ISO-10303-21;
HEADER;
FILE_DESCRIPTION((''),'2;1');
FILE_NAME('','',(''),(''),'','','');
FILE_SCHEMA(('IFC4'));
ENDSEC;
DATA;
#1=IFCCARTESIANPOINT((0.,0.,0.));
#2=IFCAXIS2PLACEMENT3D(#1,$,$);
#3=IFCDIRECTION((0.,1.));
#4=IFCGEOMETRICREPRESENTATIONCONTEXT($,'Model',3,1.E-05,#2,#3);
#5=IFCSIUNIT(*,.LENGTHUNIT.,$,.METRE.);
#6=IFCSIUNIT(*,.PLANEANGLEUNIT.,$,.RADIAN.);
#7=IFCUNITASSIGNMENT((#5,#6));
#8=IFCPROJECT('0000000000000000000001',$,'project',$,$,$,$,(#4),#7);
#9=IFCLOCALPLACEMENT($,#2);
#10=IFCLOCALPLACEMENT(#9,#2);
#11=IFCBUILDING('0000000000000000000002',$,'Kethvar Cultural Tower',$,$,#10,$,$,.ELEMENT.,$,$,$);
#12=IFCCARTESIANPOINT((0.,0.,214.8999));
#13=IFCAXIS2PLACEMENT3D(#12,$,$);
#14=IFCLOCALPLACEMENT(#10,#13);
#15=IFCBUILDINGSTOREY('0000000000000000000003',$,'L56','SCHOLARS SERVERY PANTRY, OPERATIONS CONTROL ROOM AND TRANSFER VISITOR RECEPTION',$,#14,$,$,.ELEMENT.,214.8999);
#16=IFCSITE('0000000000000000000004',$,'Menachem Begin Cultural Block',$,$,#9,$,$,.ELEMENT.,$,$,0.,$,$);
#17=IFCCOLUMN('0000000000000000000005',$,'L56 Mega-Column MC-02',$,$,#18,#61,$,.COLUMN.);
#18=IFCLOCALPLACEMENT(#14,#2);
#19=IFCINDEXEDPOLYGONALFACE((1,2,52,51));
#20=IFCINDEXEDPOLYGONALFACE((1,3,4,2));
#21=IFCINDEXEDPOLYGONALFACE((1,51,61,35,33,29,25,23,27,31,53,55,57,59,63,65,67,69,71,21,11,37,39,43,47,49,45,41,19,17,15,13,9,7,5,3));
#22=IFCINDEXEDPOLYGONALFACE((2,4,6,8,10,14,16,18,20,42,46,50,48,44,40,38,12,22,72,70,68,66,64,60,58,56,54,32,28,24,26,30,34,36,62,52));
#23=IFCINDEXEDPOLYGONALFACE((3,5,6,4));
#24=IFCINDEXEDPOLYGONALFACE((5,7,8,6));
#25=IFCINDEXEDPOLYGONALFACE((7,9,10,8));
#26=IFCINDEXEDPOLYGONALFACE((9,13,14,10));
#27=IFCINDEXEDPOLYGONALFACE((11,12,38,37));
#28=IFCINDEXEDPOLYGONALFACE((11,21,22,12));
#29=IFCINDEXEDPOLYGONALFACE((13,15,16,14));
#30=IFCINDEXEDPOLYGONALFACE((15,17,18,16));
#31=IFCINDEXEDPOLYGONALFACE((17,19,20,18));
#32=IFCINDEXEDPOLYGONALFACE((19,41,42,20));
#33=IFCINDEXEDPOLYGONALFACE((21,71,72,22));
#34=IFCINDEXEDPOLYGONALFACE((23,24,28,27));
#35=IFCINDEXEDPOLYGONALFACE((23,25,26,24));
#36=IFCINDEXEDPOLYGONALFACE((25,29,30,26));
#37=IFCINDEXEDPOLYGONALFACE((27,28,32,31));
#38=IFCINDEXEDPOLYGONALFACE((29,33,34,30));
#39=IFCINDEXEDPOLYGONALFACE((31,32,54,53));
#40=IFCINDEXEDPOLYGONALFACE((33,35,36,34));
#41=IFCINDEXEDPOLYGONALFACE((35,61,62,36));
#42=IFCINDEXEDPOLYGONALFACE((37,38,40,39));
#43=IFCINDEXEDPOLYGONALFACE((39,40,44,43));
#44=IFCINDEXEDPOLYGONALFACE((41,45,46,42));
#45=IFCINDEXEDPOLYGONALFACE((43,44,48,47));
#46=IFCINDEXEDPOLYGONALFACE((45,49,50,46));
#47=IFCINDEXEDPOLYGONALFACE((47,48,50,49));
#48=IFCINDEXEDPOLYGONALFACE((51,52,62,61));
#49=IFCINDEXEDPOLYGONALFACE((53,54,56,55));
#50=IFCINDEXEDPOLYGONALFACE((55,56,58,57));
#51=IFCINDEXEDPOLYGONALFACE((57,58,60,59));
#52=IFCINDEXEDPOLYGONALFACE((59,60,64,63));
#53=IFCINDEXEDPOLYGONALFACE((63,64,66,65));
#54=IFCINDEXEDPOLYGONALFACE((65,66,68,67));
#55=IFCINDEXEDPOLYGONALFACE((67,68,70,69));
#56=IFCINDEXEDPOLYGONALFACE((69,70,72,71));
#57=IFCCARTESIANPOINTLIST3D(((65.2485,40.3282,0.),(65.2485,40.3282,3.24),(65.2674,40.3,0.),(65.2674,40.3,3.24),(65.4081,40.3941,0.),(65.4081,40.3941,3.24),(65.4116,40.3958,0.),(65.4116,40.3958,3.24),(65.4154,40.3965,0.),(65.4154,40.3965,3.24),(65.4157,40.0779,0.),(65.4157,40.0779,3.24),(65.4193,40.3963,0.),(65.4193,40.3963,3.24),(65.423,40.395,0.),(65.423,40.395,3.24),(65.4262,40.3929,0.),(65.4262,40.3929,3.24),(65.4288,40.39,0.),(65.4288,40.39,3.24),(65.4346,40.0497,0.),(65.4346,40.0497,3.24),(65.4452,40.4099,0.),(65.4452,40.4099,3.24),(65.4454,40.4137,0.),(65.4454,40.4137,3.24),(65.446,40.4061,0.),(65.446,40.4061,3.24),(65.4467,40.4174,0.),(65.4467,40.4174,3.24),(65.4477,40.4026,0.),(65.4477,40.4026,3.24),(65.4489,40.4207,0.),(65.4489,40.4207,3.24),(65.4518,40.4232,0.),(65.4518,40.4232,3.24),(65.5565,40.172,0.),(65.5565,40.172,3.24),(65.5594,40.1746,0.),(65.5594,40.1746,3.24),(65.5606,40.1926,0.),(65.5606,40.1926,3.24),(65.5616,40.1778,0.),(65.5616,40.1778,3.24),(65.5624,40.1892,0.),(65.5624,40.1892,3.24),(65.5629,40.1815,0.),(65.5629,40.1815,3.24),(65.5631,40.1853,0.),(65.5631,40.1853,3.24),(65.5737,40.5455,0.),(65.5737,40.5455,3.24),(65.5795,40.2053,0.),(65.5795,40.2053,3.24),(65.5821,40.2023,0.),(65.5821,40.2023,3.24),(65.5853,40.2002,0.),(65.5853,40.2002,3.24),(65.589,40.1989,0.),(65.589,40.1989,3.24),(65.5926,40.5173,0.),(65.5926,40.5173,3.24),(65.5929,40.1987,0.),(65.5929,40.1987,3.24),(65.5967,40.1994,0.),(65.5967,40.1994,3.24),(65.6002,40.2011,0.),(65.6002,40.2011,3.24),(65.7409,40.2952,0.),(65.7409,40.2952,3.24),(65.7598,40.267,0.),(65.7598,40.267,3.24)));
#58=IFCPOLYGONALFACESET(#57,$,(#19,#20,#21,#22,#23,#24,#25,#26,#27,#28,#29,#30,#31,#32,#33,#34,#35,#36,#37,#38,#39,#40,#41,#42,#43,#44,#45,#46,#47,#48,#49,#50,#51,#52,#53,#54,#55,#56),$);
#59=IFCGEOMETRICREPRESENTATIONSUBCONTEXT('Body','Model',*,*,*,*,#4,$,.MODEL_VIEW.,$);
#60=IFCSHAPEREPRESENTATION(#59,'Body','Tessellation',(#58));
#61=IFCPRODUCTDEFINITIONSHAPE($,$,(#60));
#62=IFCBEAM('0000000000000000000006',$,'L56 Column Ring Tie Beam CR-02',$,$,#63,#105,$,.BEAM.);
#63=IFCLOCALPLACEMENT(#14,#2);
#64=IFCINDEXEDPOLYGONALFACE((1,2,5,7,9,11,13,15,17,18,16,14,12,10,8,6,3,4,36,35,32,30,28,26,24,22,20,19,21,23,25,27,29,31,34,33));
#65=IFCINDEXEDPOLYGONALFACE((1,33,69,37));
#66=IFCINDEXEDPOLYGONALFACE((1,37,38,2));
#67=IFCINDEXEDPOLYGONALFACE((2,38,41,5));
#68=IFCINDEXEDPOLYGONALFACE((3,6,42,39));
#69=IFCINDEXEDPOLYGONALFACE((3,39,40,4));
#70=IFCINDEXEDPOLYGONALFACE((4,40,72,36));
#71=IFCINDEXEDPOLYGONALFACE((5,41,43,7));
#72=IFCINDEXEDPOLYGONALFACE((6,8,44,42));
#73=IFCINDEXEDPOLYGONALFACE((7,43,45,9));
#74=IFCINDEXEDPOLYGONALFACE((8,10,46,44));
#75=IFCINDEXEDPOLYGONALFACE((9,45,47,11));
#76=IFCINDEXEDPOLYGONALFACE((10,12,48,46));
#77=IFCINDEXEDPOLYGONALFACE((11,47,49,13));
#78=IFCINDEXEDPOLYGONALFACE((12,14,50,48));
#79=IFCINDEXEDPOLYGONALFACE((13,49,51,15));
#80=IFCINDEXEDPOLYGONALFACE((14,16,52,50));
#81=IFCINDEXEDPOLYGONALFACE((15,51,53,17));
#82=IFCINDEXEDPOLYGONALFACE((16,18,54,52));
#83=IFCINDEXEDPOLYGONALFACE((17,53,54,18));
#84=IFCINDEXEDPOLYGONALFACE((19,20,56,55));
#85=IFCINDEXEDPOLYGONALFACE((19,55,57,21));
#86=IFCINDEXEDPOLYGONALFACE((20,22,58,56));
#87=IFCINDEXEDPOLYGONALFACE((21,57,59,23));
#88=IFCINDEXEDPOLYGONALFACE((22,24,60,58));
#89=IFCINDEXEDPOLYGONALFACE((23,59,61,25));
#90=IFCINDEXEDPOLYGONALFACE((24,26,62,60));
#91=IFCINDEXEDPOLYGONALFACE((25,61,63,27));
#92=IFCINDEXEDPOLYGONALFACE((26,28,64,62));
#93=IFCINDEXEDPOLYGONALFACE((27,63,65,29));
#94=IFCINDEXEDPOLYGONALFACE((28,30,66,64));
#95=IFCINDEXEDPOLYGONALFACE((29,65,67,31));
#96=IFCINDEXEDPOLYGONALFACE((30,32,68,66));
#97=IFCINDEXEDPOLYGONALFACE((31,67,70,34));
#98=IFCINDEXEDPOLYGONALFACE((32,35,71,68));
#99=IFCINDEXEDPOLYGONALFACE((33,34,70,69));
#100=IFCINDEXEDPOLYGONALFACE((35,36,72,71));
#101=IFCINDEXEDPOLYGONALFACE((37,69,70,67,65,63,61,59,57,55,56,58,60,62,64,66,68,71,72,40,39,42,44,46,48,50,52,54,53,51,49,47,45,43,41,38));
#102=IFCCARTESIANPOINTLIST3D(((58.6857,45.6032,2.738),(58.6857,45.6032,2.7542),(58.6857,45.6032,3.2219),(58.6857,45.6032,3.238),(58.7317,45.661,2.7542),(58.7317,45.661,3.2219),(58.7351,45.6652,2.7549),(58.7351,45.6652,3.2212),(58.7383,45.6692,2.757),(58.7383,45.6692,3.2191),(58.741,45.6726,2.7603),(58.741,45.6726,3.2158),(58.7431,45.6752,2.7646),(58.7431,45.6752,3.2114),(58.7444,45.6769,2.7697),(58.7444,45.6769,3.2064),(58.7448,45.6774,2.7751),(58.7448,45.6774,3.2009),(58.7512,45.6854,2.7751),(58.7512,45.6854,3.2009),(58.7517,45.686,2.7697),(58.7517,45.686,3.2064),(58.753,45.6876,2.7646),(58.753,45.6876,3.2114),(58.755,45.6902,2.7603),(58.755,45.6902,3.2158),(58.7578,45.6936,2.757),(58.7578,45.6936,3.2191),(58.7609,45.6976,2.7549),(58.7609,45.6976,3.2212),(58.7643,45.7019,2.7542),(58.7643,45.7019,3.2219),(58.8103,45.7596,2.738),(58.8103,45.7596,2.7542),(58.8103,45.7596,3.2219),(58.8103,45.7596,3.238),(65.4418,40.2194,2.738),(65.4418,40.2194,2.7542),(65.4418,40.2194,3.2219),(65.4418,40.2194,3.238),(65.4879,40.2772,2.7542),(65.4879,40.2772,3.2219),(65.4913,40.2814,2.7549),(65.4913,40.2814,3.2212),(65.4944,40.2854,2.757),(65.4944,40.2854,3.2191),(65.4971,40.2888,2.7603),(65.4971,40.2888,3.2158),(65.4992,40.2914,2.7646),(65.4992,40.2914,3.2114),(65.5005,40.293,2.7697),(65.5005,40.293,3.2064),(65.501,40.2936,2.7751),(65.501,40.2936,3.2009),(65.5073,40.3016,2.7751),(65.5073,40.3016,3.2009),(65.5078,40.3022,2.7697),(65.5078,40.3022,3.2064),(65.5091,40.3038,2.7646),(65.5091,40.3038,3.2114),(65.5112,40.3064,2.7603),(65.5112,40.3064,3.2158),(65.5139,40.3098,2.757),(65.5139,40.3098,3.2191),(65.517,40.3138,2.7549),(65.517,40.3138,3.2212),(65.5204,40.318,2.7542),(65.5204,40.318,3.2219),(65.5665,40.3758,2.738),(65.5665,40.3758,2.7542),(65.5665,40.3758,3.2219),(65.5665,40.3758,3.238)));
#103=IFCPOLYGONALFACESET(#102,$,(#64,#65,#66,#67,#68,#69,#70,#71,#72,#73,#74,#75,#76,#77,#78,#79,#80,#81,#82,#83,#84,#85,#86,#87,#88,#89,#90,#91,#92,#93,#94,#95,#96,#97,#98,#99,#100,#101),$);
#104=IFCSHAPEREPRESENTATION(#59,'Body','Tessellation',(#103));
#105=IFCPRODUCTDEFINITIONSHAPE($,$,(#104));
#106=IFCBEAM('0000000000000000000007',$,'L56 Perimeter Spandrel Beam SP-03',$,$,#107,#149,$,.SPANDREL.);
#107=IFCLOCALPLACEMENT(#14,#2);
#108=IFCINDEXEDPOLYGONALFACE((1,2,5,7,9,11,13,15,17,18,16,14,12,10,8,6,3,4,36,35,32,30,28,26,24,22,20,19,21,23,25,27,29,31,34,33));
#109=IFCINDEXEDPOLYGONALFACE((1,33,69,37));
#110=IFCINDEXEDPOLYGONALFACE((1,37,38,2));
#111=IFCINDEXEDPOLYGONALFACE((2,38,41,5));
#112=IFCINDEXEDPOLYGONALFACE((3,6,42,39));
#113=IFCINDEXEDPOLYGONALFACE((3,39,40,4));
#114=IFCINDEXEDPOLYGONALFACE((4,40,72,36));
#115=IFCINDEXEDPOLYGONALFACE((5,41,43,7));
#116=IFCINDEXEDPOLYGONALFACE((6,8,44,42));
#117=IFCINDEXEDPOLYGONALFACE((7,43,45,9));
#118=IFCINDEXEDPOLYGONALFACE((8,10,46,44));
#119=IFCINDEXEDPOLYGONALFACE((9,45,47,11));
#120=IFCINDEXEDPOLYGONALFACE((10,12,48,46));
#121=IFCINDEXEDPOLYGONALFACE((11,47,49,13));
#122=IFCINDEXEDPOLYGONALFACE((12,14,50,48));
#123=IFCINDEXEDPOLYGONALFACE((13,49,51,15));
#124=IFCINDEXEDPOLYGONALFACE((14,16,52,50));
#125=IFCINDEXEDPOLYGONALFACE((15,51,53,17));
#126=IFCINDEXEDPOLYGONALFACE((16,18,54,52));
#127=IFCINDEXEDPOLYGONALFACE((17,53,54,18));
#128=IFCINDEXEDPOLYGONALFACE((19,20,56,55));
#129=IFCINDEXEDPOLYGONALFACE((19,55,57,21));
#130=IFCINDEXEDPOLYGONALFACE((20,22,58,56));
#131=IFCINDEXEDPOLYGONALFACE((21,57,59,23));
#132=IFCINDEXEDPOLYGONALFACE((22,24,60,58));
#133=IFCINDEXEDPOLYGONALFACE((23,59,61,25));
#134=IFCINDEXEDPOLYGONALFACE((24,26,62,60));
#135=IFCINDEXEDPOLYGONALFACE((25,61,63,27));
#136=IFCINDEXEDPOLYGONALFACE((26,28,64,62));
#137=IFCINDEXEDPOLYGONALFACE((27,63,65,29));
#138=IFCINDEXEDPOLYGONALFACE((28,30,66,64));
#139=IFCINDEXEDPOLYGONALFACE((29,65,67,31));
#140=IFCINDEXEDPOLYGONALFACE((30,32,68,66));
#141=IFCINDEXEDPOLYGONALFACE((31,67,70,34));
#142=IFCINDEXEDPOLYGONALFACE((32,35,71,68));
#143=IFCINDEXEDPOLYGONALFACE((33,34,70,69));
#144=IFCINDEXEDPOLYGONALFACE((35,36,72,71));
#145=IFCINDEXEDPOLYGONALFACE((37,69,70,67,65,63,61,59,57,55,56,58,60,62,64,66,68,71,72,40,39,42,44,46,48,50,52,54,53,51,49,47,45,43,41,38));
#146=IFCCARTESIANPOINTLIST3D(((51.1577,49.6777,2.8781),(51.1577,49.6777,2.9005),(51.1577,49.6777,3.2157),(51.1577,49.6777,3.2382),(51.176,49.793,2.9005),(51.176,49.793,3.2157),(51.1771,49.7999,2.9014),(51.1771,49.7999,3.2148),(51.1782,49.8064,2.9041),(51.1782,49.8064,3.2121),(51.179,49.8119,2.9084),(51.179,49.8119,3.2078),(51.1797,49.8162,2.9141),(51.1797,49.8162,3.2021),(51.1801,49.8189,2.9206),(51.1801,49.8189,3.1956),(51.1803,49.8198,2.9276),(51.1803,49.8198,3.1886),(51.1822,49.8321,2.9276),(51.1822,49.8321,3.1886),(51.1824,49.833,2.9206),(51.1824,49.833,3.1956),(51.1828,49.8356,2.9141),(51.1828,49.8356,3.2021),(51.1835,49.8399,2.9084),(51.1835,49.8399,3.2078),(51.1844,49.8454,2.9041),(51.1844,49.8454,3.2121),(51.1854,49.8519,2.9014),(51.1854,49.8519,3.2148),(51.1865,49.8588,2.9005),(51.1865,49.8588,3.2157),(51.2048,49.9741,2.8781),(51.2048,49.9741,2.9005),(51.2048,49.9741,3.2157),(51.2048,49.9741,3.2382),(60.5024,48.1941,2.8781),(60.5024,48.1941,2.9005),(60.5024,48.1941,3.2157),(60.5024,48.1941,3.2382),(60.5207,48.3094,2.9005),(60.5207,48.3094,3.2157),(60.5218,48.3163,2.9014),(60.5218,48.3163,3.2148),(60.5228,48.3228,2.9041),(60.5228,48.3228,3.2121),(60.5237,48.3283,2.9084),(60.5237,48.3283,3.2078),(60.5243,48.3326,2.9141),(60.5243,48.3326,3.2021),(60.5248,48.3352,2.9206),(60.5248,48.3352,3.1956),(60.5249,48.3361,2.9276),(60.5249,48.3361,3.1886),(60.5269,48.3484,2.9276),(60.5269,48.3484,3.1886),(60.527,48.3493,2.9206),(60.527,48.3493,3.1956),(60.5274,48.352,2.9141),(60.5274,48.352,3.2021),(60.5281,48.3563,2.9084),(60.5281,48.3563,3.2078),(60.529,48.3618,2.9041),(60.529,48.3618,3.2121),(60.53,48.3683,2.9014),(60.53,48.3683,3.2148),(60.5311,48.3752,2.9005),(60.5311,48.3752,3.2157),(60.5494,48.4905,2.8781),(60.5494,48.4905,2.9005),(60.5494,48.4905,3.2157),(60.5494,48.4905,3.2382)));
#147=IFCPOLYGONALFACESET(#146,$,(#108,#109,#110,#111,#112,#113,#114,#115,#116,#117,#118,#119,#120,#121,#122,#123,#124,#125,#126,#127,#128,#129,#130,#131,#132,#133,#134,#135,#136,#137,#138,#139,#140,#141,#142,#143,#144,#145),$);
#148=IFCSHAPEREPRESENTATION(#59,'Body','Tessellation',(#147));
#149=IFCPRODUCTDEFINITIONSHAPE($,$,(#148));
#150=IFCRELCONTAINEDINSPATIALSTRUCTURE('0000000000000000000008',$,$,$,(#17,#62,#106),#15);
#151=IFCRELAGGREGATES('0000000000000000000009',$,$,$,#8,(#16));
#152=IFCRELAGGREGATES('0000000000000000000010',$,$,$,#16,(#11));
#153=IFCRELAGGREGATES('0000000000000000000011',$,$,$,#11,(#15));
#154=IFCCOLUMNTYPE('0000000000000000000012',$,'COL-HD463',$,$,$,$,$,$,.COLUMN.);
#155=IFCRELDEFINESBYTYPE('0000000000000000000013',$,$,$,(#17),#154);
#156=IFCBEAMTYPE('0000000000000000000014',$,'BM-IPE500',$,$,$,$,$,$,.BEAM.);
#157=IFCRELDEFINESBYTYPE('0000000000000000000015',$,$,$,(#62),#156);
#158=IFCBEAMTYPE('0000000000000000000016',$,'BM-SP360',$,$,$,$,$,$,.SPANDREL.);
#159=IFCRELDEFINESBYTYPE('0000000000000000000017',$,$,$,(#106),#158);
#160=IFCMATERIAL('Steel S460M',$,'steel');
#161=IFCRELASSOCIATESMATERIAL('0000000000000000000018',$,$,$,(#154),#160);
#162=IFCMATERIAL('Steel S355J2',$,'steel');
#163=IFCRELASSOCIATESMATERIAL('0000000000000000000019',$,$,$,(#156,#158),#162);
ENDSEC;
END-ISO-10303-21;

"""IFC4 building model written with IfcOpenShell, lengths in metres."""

from ifc_helpers import new_model, si_unit, direction, frame, origin, origin_2d, place, context, subcontext, project, spatial, i_section, extrude, source, transform, mapped, material, material_profile, profile_set, type_object, element, save


model = new_model("IFC4")

# Units and contexts
model_context = context("Model", 3, precision=1e-05, world=origin(), true_north=direction((0.0, 1.0)))
body_context = subcontext(model_context, "Body", "Model", "MODEL_VIEW")
ifc_project = project(units=[si_unit("LENGTHUNIT", "METRE"), si_unit("PLANEANGLEUNIT", "RADIAN")], contexts=[model_context])

# Site, building, storey
site_placement = place(None, origin())
site = spatial("IfcSite", under=ifc_project, at=site_placement, Name="Menachem Begin Cultural Block", CompositionType="ELEMENT", RefElevation=0.0)
building_placement = place(site_placement, origin())
building = spatial("IfcBuilding", under=site, at=building_placement, Name="Kethvar Cultural Tower", CompositionType="ELEMENT")
storey_placement = place(building_placement, frame((0.0, 0.0, 214.8999)))
storey = spatial("IfcBuildingStorey", under=building, at=storey_placement, Name="L56", Description="SCHOLARS SERVERY PANTRY, OPERATIONS CONTROL ROOM AND TRANSFER VISITOR RECEPTION", CompositionType="ELEMENT", Elevation=214.8999)

# Column
ifc_material_1 = material(Name="Steel S460M", Category="steel")
ifc_material_profile_1 = material_profile(ifc_material_1, i_section(OverallWidth=0.3911, OverallDepth=0.335, WebThickness=0.0227, FlangeThickness=0.0339, FilletRadius=0.0149, at=origin_2d()), Name="Steel S460M — HD400x463")
ifc_profile_set_1 = profile_set([ifc_material_profile_1], Name="Steel S460M — HD400x463")
column_type = type_object("IfcColumnType", Name="COL-HD463", PredefinedType="COLUMN", material=ifc_profile_set_1)
shared_shape_1 = source(origin(), body_context, "Body", "SweptSolid", [
    extrude(i_section(OverallWidth=0.3911, OverallDepth=0.335, WebThickness=0.0227, FlangeThickness=0.0339, FilletRadius=0.0149, at=origin_2d()), origin(), (0.0, 0.0, 1.0), 3.24),
])
column_placement = place(storey_placement, frame((65.5042, 40.2976, 0.0), z_axis=(0.0, 0.0, 1.0), x_axis=(0.83147, 0.55557, 0.0)))
element("IfcColumn", 1, at=column_placement, inside=storey, type_object=column_type, Name="L56 Mega-Column MC-02", PredefinedType="COLUMN", context=body_context, shape_type="MappedRepresentation", body=[
    mapped(shared_shape_1, transform((0.0, 0.0, 0.0), scale=1.0)),
])

# Beams
ifc_material_2 = material(Name="Steel S355J2", Category="steel")
ifc_material_profile_2 = material_profile(ifc_material_2, i_section(OverallWidth=0.2, OverallDepth=0.5, WebThickness=0.0103, FlangeThickness=0.0161, FilletRadius=0.021, at=origin_2d()), Name="Steel S355J2 — IPE500")
ifc_profile_set_2 = profile_set([ifc_material_profile_2], Name="Steel S355J2 — IPE500")
beam_type_1 = type_object("IfcBeamType", Name="BM-IPE500", PredefinedType="BEAM", material=ifc_profile_set_2)
shared_shape_2 = source(origin(), body_context, "Body", "SweptSolid", [
    extrude(i_section(OverallWidth=0.2, OverallDepth=0.5, WebThickness=0.0103, FlangeThickness=0.0161, FilletRadius=0.021, at=origin_2d()), origin(), (0.0, 0.0, 1.0), 8.6389),
])
beam_1_placement = place(storey_placement, frame((65.5042, 40.2976, 2.988), z_axis=(-0.782058, 0.623205, 0.0), x_axis=(-0.623205, -0.782058, 0.0)))
element("IfcBeam", 2, at=beam_1_placement, inside=storey, type_object=beam_type_1, Name="L56 Column Ring Tie Beam CR-02", PredefinedType="BEAM", context=body_context, shape_type="MappedRepresentation", body=[
    mapped(shared_shape_2, transform((0.0, 0.0, 0.0), scale=1.0)),
])
ifc_material_profile_3 = material_profile(ifc_material_2, i_section(OverallWidth=0.3, OverallDepth=0.3601, WebThickness=0.0125, FlangeThickness=0.0225, FilletRadius=0.0271, at=origin_2d()), Name="Steel S355J2 — HEB360")
ifc_profile_set_3 = profile_set([ifc_material_profile_3], Name="Steel S355J2 — HEB360")
beam_type_2 = type_object("IfcBeamType", Name="BM-SP360", PredefinedType="SPANDREL", material=ifc_profile_set_3)
shared_shape_3 = source(origin(), body_context, "Body", "SweptSolid", [
    extrude(i_section(OverallWidth=0.3, OverallDepth=0.3601, WebThickness=0.0125, FlangeThickness=0.0225, FilletRadius=0.0271, at=origin_2d()), origin(), (0.0, 0.0, 1.0), 9.4617),
])
beam_2_placement = place(storey_placement, frame((60.5259, 48.3423, 3.0581), z_axis=(-0.98763, 0.156804, 0.0), x_axis=(-0.156804, -0.98763, 0.0)))
element("IfcBeam", 3, at=beam_2_placement, inside=storey, type_object=beam_type_2, Name="L56 Perimeter Spandrel Beam SP-03", PredefinedType="SPANDREL", context=body_context, shape_type="MappedRepresentation", body=[
    mapped(shared_shape_3, transform((0.0, 0.0, 0.0), scale=1.0)),
])

save(model, "model.ifc")
